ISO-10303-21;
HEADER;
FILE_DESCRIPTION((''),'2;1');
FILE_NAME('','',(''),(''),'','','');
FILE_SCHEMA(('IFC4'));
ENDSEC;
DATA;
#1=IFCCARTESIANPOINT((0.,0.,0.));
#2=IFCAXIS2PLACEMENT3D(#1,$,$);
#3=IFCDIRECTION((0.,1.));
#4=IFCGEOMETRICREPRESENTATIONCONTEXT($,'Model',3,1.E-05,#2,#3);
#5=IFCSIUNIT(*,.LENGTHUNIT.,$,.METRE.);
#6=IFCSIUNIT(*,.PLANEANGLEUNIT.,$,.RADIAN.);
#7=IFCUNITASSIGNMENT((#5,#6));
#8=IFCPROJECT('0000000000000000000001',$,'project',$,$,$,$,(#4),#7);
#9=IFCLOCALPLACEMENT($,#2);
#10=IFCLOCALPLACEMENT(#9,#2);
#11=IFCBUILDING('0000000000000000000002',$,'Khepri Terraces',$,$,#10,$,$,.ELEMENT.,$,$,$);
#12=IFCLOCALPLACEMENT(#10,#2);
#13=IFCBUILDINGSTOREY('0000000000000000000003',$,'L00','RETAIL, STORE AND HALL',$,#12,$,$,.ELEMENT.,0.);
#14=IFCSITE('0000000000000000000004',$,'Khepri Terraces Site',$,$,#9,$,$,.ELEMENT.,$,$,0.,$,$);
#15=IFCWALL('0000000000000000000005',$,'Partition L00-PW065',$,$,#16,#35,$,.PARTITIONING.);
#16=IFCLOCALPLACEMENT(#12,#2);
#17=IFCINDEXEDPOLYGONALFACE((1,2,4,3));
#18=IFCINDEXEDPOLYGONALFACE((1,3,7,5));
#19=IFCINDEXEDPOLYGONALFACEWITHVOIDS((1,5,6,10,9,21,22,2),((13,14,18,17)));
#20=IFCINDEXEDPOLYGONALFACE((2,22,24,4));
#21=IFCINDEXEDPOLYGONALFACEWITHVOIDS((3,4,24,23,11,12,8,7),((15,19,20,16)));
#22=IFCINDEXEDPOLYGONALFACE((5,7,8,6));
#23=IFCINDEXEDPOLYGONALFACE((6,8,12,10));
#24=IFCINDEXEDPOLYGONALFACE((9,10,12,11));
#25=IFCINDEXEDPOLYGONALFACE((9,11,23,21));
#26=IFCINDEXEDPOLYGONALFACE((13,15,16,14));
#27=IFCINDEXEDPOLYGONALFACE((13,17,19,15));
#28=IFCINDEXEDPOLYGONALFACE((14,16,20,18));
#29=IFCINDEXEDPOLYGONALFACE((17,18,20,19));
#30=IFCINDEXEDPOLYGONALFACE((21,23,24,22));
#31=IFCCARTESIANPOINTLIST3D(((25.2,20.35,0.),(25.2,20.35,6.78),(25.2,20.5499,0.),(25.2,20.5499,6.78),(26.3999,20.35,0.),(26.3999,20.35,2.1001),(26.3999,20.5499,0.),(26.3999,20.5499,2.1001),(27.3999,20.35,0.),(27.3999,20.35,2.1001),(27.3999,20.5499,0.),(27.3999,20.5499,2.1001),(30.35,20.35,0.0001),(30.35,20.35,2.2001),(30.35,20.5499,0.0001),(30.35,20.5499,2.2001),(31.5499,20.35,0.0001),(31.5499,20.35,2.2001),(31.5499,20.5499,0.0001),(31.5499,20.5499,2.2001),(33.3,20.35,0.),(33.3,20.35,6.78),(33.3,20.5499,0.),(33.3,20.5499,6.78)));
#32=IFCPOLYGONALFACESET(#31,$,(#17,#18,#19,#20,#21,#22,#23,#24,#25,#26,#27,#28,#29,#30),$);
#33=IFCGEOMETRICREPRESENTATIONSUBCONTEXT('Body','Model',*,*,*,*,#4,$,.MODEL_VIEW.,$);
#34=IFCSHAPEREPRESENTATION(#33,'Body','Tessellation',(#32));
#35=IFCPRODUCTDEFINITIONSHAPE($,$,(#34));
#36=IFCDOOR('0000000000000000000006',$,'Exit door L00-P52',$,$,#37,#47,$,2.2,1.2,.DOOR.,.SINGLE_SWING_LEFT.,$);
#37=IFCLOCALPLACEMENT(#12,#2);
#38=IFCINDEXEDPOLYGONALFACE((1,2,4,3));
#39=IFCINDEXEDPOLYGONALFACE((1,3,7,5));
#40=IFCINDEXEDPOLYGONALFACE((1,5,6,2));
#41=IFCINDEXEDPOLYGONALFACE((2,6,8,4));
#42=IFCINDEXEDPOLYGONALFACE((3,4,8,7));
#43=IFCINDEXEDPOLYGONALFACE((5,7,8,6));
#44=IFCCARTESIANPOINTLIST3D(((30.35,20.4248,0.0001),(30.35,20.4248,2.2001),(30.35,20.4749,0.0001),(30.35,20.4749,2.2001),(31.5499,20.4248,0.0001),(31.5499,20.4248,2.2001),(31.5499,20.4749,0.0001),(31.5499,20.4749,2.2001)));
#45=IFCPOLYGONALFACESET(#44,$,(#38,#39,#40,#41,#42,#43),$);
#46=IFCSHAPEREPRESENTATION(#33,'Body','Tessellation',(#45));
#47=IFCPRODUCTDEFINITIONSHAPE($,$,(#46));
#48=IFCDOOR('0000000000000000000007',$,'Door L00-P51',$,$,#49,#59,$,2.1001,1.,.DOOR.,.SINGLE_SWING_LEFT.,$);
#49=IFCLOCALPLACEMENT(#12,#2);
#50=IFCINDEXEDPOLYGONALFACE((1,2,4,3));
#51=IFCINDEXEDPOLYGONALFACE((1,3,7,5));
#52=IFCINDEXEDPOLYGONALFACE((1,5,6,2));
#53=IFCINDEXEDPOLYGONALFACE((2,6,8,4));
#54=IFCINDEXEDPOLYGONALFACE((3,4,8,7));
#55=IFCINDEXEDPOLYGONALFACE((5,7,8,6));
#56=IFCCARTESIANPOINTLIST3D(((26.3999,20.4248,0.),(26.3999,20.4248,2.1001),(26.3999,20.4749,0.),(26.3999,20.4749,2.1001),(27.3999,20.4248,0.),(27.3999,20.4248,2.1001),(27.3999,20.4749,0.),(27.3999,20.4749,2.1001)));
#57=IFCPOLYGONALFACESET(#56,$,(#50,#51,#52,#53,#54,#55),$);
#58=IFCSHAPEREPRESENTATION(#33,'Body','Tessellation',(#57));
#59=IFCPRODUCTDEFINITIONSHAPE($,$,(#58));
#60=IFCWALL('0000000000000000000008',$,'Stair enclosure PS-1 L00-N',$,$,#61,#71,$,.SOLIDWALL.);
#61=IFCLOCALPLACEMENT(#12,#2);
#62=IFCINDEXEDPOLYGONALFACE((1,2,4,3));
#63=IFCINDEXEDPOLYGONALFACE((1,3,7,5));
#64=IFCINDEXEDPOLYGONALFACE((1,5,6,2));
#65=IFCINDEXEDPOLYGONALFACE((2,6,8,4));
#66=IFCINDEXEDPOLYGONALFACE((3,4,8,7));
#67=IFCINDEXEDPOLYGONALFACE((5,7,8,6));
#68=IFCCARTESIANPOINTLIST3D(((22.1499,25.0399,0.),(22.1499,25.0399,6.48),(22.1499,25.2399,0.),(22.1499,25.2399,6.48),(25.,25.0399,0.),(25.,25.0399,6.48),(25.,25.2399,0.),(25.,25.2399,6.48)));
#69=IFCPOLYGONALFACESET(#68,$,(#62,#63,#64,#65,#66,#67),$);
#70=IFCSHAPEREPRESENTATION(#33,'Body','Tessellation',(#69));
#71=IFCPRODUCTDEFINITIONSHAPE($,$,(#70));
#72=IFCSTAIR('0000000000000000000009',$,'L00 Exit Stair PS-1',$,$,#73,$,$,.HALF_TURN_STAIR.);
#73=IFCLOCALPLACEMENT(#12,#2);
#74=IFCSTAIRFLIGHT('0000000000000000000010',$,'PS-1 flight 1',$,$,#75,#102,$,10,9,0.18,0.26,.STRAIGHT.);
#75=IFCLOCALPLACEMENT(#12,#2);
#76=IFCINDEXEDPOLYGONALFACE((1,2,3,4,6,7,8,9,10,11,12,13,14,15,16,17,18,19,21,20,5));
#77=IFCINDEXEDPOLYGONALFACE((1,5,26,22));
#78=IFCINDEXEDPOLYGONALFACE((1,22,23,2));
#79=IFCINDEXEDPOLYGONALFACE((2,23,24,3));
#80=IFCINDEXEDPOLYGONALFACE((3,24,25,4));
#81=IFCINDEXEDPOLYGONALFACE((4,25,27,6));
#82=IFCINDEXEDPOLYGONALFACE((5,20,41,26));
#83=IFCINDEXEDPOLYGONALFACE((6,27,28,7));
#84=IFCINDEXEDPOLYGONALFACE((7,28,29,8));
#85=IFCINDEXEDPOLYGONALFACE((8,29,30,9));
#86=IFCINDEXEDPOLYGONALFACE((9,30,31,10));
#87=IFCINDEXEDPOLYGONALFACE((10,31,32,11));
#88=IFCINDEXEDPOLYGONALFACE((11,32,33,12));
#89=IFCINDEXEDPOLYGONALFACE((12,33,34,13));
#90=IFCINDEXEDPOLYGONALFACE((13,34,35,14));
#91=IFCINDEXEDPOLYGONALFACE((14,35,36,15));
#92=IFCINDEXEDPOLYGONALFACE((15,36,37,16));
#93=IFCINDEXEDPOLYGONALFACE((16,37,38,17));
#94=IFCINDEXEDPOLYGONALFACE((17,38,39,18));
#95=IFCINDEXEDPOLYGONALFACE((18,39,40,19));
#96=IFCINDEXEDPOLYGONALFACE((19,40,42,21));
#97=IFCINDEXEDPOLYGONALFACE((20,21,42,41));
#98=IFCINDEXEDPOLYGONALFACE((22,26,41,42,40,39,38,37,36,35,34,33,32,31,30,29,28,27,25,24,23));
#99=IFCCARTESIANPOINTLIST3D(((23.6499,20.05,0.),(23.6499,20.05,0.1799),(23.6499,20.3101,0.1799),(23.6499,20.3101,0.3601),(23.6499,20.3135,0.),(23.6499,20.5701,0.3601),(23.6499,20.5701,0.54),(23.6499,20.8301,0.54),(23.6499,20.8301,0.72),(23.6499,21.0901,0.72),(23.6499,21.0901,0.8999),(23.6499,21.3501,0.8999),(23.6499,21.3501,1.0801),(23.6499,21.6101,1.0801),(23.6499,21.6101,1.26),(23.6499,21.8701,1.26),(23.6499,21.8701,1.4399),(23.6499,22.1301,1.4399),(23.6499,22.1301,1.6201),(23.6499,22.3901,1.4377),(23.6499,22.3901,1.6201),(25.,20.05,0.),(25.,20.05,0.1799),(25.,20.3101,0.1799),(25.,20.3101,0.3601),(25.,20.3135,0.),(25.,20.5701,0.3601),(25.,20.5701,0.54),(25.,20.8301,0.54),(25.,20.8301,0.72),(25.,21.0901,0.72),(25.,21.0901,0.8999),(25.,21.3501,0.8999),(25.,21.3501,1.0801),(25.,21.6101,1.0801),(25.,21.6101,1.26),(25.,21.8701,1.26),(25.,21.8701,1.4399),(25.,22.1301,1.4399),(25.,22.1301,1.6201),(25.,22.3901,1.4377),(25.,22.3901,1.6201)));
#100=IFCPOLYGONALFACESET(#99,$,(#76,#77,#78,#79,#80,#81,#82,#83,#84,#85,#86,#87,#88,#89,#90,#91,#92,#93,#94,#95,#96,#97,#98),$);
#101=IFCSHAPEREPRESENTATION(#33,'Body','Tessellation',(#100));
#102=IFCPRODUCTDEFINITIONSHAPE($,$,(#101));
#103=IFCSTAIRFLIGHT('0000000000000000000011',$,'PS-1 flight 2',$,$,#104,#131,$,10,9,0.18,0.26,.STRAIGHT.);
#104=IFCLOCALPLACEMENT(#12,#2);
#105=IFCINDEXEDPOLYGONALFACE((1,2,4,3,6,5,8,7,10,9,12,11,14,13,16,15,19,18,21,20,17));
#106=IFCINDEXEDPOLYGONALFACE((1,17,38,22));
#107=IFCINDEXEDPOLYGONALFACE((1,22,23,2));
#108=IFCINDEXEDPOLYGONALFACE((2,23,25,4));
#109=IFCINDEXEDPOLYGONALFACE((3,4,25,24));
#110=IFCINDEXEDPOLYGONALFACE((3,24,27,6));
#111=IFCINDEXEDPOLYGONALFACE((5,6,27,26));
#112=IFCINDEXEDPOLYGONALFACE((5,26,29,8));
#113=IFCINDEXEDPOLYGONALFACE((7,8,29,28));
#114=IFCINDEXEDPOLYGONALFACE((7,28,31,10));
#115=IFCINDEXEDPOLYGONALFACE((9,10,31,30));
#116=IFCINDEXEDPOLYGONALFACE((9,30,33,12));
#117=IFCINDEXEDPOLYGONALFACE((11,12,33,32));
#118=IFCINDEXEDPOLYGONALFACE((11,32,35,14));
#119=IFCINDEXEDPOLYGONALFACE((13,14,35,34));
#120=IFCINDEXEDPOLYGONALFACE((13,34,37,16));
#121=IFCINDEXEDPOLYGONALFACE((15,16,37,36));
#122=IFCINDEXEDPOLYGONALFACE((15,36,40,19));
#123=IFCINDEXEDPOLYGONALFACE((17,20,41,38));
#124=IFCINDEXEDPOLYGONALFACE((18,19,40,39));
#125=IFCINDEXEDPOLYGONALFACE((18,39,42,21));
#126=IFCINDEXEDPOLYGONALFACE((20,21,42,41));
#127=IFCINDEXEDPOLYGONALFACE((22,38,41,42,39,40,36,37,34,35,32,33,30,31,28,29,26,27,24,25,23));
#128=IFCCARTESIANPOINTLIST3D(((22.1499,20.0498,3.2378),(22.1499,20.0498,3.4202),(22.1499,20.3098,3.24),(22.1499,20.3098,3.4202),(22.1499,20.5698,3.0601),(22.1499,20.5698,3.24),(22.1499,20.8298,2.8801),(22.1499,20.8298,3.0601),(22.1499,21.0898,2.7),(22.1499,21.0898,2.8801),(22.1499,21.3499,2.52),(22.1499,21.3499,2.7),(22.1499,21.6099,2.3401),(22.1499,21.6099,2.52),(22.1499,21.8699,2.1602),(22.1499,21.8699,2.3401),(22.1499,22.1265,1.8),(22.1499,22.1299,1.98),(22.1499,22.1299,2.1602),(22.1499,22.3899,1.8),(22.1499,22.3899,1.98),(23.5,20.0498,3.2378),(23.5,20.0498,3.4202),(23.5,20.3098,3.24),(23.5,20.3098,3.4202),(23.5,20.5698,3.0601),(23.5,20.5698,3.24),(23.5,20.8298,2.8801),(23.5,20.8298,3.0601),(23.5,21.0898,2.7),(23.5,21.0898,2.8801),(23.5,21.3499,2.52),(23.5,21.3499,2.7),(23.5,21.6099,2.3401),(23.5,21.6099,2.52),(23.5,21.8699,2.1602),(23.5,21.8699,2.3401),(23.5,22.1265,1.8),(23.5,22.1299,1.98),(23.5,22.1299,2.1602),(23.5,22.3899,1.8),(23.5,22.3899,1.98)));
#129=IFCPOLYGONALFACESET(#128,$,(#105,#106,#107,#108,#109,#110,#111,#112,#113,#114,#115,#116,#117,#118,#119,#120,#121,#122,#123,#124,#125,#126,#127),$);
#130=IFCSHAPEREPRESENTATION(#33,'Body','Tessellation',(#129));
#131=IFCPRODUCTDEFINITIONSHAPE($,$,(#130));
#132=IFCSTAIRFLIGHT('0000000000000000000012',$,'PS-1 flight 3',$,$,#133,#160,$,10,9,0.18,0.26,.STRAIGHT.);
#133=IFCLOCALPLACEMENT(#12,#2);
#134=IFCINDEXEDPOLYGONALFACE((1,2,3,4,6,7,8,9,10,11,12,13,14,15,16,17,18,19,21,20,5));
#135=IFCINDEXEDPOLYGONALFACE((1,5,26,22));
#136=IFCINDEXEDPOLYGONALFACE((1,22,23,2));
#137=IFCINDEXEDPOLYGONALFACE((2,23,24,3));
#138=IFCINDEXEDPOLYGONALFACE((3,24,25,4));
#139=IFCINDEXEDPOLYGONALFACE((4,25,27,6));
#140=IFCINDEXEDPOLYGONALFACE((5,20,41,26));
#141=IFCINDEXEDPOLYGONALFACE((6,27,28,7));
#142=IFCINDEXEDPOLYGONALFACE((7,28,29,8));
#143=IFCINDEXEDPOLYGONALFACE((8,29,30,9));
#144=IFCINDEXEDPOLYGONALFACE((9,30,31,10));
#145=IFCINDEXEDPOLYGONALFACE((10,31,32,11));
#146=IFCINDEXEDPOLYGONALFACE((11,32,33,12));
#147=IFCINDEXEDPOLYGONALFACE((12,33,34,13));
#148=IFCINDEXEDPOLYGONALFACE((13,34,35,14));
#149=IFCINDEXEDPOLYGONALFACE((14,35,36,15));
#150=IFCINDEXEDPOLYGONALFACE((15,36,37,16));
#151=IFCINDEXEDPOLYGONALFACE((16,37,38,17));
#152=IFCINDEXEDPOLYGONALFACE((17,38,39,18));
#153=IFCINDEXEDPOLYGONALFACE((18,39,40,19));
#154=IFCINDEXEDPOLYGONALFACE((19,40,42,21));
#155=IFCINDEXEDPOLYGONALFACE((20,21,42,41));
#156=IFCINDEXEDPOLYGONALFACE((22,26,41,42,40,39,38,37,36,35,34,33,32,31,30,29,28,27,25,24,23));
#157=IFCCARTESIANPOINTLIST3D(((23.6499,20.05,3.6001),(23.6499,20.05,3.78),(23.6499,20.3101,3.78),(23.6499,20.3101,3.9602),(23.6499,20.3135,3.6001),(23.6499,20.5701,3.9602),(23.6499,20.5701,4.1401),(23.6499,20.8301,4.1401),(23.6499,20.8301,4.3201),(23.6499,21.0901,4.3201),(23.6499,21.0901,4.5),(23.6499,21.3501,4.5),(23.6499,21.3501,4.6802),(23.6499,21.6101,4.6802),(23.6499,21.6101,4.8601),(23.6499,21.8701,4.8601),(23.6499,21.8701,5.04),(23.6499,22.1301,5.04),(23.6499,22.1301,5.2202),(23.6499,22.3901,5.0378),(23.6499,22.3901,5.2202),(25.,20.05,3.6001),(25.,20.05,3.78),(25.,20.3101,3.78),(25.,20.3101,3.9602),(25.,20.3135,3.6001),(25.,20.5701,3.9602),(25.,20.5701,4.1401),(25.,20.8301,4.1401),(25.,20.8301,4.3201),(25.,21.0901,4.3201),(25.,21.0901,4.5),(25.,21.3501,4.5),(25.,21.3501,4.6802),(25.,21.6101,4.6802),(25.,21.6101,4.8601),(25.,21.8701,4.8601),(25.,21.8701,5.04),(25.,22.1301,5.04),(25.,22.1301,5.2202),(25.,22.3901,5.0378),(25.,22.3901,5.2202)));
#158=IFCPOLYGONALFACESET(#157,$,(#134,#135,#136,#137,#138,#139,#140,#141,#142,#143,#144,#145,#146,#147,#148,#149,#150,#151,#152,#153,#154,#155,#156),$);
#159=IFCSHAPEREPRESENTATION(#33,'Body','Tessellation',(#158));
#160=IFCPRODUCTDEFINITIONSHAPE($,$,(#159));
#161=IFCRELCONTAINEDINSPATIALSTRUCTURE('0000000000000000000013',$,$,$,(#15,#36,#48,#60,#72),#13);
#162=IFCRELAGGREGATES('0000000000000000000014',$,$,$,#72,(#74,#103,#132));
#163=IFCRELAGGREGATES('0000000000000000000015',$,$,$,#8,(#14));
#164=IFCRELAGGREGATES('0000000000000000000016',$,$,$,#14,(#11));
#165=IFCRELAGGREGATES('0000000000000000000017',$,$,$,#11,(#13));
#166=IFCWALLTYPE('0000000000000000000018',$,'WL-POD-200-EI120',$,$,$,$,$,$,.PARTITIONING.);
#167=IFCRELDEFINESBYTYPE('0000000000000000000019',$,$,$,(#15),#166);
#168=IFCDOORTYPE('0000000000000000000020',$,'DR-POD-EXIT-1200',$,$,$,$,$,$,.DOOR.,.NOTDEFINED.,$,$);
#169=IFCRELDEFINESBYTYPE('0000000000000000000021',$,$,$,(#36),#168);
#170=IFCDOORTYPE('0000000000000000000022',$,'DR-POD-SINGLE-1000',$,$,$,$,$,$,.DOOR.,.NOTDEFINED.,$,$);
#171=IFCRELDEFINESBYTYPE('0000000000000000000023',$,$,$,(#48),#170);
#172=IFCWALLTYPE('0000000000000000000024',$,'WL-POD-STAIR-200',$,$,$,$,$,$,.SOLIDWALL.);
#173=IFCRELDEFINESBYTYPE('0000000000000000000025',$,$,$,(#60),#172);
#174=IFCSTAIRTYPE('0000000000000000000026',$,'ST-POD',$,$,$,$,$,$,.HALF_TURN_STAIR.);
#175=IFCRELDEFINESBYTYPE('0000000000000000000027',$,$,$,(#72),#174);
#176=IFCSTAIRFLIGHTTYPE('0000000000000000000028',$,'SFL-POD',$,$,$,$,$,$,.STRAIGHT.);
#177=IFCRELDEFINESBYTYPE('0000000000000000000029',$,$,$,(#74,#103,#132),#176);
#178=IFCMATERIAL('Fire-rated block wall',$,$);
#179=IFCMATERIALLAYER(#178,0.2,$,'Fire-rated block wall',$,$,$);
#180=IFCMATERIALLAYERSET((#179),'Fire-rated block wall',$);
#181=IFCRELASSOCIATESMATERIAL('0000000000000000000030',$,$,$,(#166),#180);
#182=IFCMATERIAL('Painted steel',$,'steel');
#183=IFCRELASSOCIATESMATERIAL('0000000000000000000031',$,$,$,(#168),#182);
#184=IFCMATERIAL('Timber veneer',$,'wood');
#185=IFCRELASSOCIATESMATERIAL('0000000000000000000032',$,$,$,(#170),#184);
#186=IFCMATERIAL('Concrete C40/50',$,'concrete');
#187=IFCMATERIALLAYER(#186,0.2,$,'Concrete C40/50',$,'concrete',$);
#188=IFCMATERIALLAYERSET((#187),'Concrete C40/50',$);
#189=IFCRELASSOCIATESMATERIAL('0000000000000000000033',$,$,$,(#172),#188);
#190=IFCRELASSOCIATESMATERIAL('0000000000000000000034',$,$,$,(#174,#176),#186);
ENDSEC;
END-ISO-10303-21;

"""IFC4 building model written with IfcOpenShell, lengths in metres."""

from ifc_helpers import new_model, si_unit, direction, frame, frame_2d, origin, place, context, subcontext, project, spatial, polyline, rectangle, outline, extrude, material, layer, layer_set, type_object, element, fill, aggregate, save


model = new_model("IFC4")

# Units and contexts
model_context = context("Model", 3, precision=1e-05, world=origin(), true_north=direction((0.0, 1.0)))
body_context = subcontext(model_context, "Body", "Model", "MODEL_VIEW")
ifc_project = project(units=[si_unit("LENGTHUNIT", "METRE"), si_unit("PLANEANGLEUNIT", "RADIAN")], contexts=[model_context])

# Site, building, storey
site_placement = place(None, origin())
site = spatial("IfcSite", under=ifc_project, at=site_placement, Name="Khepri Terraces Site", CompositionType="ELEMENT", RefElevation=0.0)
building_placement = place(site_placement, origin())
building = spatial("IfcBuilding", under=site, at=building_placement, Name="Khepri Terraces", CompositionType="ELEMENT")
storey_placement = place(building_placement, origin())
storey = spatial("IfcBuildingStorey", under=building, at=storey_placement, Name="L00", Description="RETAIL, STORE AND HALL", CompositionType="ELEMENT", Elevation=0.0)

# Wall, openings, doors
ifc_material_1 = material(Name="Fire-rated block wall")
ifc_layer_1 = layer(ifc_material_1, 0.2, Name="Fire-rated block wall")
ifc_layer_set_1 = layer_set([ifc_layer_1], Name="Fire-rated block wall")
wall_type_1 = type_object("IfcWallType", Name="WL-POD-200-EI120", PredefinedType="PARTITIONING", material=ifc_layer_set_1)
wall_1_placement = place(storey_placement, frame((25.2, 20.45, 0.0), z_axis=(0.0, 0.0, 1.0), x_axis=(1.0, 0.0, 0.0)))
wall_1 = element("IfcWall", 1, at=wall_1_placement, inside=storey, type_object=wall_type_1, Name="Partition L00-PW065", PredefinedType="PARTITIONING", context=body_context, shape_type="SweptSolid", body=[
    extrude(rectangle(XDim=8.1001, YDim=0.2, at=frame_2d((4.05, 0.0))), origin(), (0.0, 0.0, 1.0), 6.78),
])
opening_1_placement = place(wall_1_placement, frame((1.2, 0.0, 0.0)))
opening_1 = element("IfcOpeningElement", 2, at=opening_1_placement, cuts=wall_1, PredefinedType="OPENING", context=body_context, shape_type="SweptSolid", body=[
    extrude(rectangle(XDim=1.0, YDim=2.1001, at=frame_2d((0.5, 1.05))), frame((0.0, 0.1099, 0.0), z_axis=(0.0, -1.0, 0.0), x_axis=(1.0, 0.0, 0.0)), (0.0, 0.0, 1.0), 0.22),
])
opening_2_placement = place(wall_1_placement, frame((5.1499, 0.0, 0.0)))
opening_2 = element("IfcOpeningElement", 3, at=opening_2_placement, cuts=wall_1, PredefinedType="OPENING", context=body_context, shape_type="SweptSolid", body=[
    extrude(rectangle(XDim=1.2, YDim=2.2, at=frame_2d((0.6001, 1.1001))), frame((0.0, 0.1099, 0.0), z_axis=(0.0, -1.0, 0.0), x_axis=(1.0, 0.0, 0.0)), (0.0, 0.0, 1.0), 0.22),
])
ifc_material_2 = material(Name="Painted steel", Category="steel")
door_type_1 = type_object("IfcDoorType", Name="DR-POD-EXIT-1200", OperationType="NOTDEFINED", PredefinedType="DOOR", material=ifc_material_2)
door_1_placement = place(opening_2_placement, origin())
door_1 = element("IfcDoor", 4, at=door_1_placement, inside=storey, type_object=door_type_1, Name="Exit door L00-P52", OperationType="SINGLE_SWING_LEFT", OverallHeight=2.2, OverallWidth=1.2, PredefinedType="DOOR", context=body_context, shape_type="SweptSolid", body=[
    extrude(rectangle(XDim=1.2, YDim=2.2, at=frame_2d((0.6001, 1.1001))), frame((0.0, 0.0249, 0.0), z_axis=(0.0, -1.0, 0.0), x_axis=(1.0, 0.0, 0.0)), (0.0, 0.0, 1.0), 0.05),
])
fill(opening_2, door_1)
ifc_material_3 = material(Name="Timber veneer", Category="wood")
door_type_2 = type_object("IfcDoorType", Name="DR-POD-SINGLE-1000", OperationType="NOTDEFINED", PredefinedType="DOOR", material=ifc_material_3)
door_2_placement = place(opening_1_placement, origin())
door_2 = element("IfcDoor", 5, at=door_2_placement, inside=storey, type_object=door_type_2, Name="Door L00-P51", OperationType="SINGLE_SWING_LEFT", OverallHeight=2.1001, OverallWidth=1.0, PredefinedType="DOOR", context=body_context, shape_type="SweptSolid", body=[
    extrude(rectangle(XDim=1.0, YDim=2.1001, at=frame_2d((0.5, 1.05))), frame((0.0, 0.0249, 0.0), z_axis=(0.0, -1.0, 0.0), x_axis=(1.0, 0.0, 0.0)), (0.0, 0.0, 1.0), 0.05),
])
fill(opening_1, door_2)

# Wall
ifc_material_4 = material(Name="Concrete C40/50", Category="concrete")
ifc_layer_2 = layer(ifc_material_4, 0.2, Name="Concrete C40/50", Category="concrete")
ifc_layer_set_2 = layer_set([ifc_layer_2], Name="Concrete C40/50")
wall_type_2 = type_object("IfcWallType", Name="WL-POD-STAIR-200", PredefinedType="SOLIDWALL", material=ifc_layer_set_2)
wall_2_placement = place(storey_placement, frame((22.1499, 25.1399, 0.0), z_axis=(0.0, 0.0, 1.0), x_axis=(1.0, 0.0, 0.0)))
element("IfcWall", 6, at=wall_2_placement, inside=storey, type_object=wall_type_2, Name="Stair enclosure PS-1 L00-N", PredefinedType="SOLIDWALL", context=body_context, shape_type="SweptSolid", body=[
    extrude(rectangle(XDim=2.8501, YDim=0.2, at=frame_2d((1.425, 0.0))), origin(), (0.0, 0.0, 1.0), 6.48),
])

# Stair, stair flights
stair_type = type_object("IfcStairType", Name="ST-POD", PredefinedType="HALF_TURN_STAIR", material=ifc_material_4)
stair_placement = place(storey_placement, origin())
stair = element("IfcStair", 7, at=stair_placement, inside=storey, type_object=stair_type, Name="L00 Exit Stair PS-1", PredefinedType="HALF_TURN_STAIR")
stair_flight_type = type_object("IfcStairFlightType", Name="SFL-POD", PredefinedType="STRAIGHT", material=ifc_material_4)
stair_flight_1_placement = place(storey_placement, frame((24.325, 20.05, 0.0), z_axis=(0.0, 0.0, 1.0), x_axis=(0.0, 1.0, 0.0)))
stair_flight_1 = element("IfcStairFlight", 8, at=stair_flight_1_placement, type_object=stair_flight_type, Name="PS-1 flight 1", NumberOfRisers=10, NumberOfTreads=9, PredefinedType="STRAIGHT", RiserHeight=0.18, TreadLength=0.26, context=body_context, shape_type="SweptSolid", body=[
    extrude(outline(polyline([(0.0, 0.0), (0.0, 0.1799), (0.26, 0.1799), (0.26, 0.3601), (0.52, 0.3601), (0.52, 0.54), (0.78, 0.54), (0.78, 0.72), (1.04, 0.72), (1.04, 0.8999), (1.3, 0.8999), (1.3, 1.0801), (1.5601, 1.0801), (1.5601, 1.26), (1.8201, 1.26), (1.8201, 1.4399), (2.0801, 1.4399), (2.0801, 1.6201), (2.3401, 1.6201), (2.3401, 1.8), (2.3401, 1.4377), (0.2634, 0.0), (0.0, 0.0)])), frame((0.0, 0.675, 0.0), z_axis=(0.0, -1.0, 0.0), x_axis=(1.0, 0.0, 0.0)), (0.0, 0.0, 1.0), 1.3501),
])
stair_flight_2_placement = place(storey_placement, frame((22.825, 22.3899, 1.8), z_axis=(0.0, 0.0, 1.0), x_axis=(0.0, -1.0, 0.0)))
stair_flight_2 = element("IfcStairFlight", 9, at=stair_flight_2_placement, type_object=stair_flight_type, Name="PS-1 flight 2", NumberOfRisers=10, NumberOfTreads=9, PredefinedType="STRAIGHT", RiserHeight=0.18, TreadLength=0.26, context=body_context, shape_type="SweptSolid", body=[
    extrude(outline(polyline([(0.0, 0.0), (0.0, 0.1799), (0.26, 0.1799), (0.26, 0.3601), (0.52, 0.3601), (0.52, 0.54), (0.78, 0.54), (0.78, 0.72), (1.04, 0.72), (1.04, 0.8999), (1.3, 0.8999), (1.3, 1.0801), (1.5601, 1.0801), (1.5601, 1.26), (1.8201, 1.26), (1.8201, 1.4399), (2.0801, 1.4399), (2.0801, 1.6201), (2.3401, 1.6201), (2.3401, 1.8), (2.3401, 1.4377), (0.2634, 0.0), (0.0, 0.0)])), frame((0.0, 0.675, 0.0), z_axis=(0.0, -1.0, 0.0), x_axis=(1.0, 0.0, 0.0)), (0.0, 0.0, 1.0), 1.3501),
])
stair_flight_3_placement = place(storey_placement, frame((24.325, 20.05, 3.6001), z_axis=(0.0, 0.0, 1.0), x_axis=(0.0, 1.0, 0.0)))
stair_flight_3 = element("IfcStairFlight", 10, at=stair_flight_3_placement, type_object=stair_flight_type, Name="PS-1 flight 3", NumberOfRisers=10, NumberOfTreads=9, PredefinedType="STRAIGHT", RiserHeight=0.18, TreadLength=0.26, context=body_context, shape_type="SweptSolid", body=[
    extrude(outline(polyline([(0.0, 0.0), (0.0, 0.1799), (0.26, 0.1799), (0.26, 0.3601), (0.52, 0.3601), (0.52, 0.54), (0.78, 0.54), (0.78, 0.72), (1.04, 0.72), (1.04, 0.8999), (1.3, 0.8999), (1.3, 1.0801), (1.5601, 1.0801), (1.5601, 1.26), (1.8201, 1.26), (1.8201, 1.4399), (2.0801, 1.4399), (2.0801, 1.6201), (2.3401, 1.6201), (2.3401, 1.8), (2.3401, 1.4377), (0.2634, 0.0), (0.0, 0.0)])), frame((0.0, 0.675, 0.0), z_axis=(0.0, -1.0, 0.0), x_axis=(1.0, 0.0, 0.0)), (0.0, 0.0, 1.0), 1.3501),
])
aggregate(stair, [stair_flight_1, stair_flight_2, stair_flight_3])

save(model, "model.ifc")
